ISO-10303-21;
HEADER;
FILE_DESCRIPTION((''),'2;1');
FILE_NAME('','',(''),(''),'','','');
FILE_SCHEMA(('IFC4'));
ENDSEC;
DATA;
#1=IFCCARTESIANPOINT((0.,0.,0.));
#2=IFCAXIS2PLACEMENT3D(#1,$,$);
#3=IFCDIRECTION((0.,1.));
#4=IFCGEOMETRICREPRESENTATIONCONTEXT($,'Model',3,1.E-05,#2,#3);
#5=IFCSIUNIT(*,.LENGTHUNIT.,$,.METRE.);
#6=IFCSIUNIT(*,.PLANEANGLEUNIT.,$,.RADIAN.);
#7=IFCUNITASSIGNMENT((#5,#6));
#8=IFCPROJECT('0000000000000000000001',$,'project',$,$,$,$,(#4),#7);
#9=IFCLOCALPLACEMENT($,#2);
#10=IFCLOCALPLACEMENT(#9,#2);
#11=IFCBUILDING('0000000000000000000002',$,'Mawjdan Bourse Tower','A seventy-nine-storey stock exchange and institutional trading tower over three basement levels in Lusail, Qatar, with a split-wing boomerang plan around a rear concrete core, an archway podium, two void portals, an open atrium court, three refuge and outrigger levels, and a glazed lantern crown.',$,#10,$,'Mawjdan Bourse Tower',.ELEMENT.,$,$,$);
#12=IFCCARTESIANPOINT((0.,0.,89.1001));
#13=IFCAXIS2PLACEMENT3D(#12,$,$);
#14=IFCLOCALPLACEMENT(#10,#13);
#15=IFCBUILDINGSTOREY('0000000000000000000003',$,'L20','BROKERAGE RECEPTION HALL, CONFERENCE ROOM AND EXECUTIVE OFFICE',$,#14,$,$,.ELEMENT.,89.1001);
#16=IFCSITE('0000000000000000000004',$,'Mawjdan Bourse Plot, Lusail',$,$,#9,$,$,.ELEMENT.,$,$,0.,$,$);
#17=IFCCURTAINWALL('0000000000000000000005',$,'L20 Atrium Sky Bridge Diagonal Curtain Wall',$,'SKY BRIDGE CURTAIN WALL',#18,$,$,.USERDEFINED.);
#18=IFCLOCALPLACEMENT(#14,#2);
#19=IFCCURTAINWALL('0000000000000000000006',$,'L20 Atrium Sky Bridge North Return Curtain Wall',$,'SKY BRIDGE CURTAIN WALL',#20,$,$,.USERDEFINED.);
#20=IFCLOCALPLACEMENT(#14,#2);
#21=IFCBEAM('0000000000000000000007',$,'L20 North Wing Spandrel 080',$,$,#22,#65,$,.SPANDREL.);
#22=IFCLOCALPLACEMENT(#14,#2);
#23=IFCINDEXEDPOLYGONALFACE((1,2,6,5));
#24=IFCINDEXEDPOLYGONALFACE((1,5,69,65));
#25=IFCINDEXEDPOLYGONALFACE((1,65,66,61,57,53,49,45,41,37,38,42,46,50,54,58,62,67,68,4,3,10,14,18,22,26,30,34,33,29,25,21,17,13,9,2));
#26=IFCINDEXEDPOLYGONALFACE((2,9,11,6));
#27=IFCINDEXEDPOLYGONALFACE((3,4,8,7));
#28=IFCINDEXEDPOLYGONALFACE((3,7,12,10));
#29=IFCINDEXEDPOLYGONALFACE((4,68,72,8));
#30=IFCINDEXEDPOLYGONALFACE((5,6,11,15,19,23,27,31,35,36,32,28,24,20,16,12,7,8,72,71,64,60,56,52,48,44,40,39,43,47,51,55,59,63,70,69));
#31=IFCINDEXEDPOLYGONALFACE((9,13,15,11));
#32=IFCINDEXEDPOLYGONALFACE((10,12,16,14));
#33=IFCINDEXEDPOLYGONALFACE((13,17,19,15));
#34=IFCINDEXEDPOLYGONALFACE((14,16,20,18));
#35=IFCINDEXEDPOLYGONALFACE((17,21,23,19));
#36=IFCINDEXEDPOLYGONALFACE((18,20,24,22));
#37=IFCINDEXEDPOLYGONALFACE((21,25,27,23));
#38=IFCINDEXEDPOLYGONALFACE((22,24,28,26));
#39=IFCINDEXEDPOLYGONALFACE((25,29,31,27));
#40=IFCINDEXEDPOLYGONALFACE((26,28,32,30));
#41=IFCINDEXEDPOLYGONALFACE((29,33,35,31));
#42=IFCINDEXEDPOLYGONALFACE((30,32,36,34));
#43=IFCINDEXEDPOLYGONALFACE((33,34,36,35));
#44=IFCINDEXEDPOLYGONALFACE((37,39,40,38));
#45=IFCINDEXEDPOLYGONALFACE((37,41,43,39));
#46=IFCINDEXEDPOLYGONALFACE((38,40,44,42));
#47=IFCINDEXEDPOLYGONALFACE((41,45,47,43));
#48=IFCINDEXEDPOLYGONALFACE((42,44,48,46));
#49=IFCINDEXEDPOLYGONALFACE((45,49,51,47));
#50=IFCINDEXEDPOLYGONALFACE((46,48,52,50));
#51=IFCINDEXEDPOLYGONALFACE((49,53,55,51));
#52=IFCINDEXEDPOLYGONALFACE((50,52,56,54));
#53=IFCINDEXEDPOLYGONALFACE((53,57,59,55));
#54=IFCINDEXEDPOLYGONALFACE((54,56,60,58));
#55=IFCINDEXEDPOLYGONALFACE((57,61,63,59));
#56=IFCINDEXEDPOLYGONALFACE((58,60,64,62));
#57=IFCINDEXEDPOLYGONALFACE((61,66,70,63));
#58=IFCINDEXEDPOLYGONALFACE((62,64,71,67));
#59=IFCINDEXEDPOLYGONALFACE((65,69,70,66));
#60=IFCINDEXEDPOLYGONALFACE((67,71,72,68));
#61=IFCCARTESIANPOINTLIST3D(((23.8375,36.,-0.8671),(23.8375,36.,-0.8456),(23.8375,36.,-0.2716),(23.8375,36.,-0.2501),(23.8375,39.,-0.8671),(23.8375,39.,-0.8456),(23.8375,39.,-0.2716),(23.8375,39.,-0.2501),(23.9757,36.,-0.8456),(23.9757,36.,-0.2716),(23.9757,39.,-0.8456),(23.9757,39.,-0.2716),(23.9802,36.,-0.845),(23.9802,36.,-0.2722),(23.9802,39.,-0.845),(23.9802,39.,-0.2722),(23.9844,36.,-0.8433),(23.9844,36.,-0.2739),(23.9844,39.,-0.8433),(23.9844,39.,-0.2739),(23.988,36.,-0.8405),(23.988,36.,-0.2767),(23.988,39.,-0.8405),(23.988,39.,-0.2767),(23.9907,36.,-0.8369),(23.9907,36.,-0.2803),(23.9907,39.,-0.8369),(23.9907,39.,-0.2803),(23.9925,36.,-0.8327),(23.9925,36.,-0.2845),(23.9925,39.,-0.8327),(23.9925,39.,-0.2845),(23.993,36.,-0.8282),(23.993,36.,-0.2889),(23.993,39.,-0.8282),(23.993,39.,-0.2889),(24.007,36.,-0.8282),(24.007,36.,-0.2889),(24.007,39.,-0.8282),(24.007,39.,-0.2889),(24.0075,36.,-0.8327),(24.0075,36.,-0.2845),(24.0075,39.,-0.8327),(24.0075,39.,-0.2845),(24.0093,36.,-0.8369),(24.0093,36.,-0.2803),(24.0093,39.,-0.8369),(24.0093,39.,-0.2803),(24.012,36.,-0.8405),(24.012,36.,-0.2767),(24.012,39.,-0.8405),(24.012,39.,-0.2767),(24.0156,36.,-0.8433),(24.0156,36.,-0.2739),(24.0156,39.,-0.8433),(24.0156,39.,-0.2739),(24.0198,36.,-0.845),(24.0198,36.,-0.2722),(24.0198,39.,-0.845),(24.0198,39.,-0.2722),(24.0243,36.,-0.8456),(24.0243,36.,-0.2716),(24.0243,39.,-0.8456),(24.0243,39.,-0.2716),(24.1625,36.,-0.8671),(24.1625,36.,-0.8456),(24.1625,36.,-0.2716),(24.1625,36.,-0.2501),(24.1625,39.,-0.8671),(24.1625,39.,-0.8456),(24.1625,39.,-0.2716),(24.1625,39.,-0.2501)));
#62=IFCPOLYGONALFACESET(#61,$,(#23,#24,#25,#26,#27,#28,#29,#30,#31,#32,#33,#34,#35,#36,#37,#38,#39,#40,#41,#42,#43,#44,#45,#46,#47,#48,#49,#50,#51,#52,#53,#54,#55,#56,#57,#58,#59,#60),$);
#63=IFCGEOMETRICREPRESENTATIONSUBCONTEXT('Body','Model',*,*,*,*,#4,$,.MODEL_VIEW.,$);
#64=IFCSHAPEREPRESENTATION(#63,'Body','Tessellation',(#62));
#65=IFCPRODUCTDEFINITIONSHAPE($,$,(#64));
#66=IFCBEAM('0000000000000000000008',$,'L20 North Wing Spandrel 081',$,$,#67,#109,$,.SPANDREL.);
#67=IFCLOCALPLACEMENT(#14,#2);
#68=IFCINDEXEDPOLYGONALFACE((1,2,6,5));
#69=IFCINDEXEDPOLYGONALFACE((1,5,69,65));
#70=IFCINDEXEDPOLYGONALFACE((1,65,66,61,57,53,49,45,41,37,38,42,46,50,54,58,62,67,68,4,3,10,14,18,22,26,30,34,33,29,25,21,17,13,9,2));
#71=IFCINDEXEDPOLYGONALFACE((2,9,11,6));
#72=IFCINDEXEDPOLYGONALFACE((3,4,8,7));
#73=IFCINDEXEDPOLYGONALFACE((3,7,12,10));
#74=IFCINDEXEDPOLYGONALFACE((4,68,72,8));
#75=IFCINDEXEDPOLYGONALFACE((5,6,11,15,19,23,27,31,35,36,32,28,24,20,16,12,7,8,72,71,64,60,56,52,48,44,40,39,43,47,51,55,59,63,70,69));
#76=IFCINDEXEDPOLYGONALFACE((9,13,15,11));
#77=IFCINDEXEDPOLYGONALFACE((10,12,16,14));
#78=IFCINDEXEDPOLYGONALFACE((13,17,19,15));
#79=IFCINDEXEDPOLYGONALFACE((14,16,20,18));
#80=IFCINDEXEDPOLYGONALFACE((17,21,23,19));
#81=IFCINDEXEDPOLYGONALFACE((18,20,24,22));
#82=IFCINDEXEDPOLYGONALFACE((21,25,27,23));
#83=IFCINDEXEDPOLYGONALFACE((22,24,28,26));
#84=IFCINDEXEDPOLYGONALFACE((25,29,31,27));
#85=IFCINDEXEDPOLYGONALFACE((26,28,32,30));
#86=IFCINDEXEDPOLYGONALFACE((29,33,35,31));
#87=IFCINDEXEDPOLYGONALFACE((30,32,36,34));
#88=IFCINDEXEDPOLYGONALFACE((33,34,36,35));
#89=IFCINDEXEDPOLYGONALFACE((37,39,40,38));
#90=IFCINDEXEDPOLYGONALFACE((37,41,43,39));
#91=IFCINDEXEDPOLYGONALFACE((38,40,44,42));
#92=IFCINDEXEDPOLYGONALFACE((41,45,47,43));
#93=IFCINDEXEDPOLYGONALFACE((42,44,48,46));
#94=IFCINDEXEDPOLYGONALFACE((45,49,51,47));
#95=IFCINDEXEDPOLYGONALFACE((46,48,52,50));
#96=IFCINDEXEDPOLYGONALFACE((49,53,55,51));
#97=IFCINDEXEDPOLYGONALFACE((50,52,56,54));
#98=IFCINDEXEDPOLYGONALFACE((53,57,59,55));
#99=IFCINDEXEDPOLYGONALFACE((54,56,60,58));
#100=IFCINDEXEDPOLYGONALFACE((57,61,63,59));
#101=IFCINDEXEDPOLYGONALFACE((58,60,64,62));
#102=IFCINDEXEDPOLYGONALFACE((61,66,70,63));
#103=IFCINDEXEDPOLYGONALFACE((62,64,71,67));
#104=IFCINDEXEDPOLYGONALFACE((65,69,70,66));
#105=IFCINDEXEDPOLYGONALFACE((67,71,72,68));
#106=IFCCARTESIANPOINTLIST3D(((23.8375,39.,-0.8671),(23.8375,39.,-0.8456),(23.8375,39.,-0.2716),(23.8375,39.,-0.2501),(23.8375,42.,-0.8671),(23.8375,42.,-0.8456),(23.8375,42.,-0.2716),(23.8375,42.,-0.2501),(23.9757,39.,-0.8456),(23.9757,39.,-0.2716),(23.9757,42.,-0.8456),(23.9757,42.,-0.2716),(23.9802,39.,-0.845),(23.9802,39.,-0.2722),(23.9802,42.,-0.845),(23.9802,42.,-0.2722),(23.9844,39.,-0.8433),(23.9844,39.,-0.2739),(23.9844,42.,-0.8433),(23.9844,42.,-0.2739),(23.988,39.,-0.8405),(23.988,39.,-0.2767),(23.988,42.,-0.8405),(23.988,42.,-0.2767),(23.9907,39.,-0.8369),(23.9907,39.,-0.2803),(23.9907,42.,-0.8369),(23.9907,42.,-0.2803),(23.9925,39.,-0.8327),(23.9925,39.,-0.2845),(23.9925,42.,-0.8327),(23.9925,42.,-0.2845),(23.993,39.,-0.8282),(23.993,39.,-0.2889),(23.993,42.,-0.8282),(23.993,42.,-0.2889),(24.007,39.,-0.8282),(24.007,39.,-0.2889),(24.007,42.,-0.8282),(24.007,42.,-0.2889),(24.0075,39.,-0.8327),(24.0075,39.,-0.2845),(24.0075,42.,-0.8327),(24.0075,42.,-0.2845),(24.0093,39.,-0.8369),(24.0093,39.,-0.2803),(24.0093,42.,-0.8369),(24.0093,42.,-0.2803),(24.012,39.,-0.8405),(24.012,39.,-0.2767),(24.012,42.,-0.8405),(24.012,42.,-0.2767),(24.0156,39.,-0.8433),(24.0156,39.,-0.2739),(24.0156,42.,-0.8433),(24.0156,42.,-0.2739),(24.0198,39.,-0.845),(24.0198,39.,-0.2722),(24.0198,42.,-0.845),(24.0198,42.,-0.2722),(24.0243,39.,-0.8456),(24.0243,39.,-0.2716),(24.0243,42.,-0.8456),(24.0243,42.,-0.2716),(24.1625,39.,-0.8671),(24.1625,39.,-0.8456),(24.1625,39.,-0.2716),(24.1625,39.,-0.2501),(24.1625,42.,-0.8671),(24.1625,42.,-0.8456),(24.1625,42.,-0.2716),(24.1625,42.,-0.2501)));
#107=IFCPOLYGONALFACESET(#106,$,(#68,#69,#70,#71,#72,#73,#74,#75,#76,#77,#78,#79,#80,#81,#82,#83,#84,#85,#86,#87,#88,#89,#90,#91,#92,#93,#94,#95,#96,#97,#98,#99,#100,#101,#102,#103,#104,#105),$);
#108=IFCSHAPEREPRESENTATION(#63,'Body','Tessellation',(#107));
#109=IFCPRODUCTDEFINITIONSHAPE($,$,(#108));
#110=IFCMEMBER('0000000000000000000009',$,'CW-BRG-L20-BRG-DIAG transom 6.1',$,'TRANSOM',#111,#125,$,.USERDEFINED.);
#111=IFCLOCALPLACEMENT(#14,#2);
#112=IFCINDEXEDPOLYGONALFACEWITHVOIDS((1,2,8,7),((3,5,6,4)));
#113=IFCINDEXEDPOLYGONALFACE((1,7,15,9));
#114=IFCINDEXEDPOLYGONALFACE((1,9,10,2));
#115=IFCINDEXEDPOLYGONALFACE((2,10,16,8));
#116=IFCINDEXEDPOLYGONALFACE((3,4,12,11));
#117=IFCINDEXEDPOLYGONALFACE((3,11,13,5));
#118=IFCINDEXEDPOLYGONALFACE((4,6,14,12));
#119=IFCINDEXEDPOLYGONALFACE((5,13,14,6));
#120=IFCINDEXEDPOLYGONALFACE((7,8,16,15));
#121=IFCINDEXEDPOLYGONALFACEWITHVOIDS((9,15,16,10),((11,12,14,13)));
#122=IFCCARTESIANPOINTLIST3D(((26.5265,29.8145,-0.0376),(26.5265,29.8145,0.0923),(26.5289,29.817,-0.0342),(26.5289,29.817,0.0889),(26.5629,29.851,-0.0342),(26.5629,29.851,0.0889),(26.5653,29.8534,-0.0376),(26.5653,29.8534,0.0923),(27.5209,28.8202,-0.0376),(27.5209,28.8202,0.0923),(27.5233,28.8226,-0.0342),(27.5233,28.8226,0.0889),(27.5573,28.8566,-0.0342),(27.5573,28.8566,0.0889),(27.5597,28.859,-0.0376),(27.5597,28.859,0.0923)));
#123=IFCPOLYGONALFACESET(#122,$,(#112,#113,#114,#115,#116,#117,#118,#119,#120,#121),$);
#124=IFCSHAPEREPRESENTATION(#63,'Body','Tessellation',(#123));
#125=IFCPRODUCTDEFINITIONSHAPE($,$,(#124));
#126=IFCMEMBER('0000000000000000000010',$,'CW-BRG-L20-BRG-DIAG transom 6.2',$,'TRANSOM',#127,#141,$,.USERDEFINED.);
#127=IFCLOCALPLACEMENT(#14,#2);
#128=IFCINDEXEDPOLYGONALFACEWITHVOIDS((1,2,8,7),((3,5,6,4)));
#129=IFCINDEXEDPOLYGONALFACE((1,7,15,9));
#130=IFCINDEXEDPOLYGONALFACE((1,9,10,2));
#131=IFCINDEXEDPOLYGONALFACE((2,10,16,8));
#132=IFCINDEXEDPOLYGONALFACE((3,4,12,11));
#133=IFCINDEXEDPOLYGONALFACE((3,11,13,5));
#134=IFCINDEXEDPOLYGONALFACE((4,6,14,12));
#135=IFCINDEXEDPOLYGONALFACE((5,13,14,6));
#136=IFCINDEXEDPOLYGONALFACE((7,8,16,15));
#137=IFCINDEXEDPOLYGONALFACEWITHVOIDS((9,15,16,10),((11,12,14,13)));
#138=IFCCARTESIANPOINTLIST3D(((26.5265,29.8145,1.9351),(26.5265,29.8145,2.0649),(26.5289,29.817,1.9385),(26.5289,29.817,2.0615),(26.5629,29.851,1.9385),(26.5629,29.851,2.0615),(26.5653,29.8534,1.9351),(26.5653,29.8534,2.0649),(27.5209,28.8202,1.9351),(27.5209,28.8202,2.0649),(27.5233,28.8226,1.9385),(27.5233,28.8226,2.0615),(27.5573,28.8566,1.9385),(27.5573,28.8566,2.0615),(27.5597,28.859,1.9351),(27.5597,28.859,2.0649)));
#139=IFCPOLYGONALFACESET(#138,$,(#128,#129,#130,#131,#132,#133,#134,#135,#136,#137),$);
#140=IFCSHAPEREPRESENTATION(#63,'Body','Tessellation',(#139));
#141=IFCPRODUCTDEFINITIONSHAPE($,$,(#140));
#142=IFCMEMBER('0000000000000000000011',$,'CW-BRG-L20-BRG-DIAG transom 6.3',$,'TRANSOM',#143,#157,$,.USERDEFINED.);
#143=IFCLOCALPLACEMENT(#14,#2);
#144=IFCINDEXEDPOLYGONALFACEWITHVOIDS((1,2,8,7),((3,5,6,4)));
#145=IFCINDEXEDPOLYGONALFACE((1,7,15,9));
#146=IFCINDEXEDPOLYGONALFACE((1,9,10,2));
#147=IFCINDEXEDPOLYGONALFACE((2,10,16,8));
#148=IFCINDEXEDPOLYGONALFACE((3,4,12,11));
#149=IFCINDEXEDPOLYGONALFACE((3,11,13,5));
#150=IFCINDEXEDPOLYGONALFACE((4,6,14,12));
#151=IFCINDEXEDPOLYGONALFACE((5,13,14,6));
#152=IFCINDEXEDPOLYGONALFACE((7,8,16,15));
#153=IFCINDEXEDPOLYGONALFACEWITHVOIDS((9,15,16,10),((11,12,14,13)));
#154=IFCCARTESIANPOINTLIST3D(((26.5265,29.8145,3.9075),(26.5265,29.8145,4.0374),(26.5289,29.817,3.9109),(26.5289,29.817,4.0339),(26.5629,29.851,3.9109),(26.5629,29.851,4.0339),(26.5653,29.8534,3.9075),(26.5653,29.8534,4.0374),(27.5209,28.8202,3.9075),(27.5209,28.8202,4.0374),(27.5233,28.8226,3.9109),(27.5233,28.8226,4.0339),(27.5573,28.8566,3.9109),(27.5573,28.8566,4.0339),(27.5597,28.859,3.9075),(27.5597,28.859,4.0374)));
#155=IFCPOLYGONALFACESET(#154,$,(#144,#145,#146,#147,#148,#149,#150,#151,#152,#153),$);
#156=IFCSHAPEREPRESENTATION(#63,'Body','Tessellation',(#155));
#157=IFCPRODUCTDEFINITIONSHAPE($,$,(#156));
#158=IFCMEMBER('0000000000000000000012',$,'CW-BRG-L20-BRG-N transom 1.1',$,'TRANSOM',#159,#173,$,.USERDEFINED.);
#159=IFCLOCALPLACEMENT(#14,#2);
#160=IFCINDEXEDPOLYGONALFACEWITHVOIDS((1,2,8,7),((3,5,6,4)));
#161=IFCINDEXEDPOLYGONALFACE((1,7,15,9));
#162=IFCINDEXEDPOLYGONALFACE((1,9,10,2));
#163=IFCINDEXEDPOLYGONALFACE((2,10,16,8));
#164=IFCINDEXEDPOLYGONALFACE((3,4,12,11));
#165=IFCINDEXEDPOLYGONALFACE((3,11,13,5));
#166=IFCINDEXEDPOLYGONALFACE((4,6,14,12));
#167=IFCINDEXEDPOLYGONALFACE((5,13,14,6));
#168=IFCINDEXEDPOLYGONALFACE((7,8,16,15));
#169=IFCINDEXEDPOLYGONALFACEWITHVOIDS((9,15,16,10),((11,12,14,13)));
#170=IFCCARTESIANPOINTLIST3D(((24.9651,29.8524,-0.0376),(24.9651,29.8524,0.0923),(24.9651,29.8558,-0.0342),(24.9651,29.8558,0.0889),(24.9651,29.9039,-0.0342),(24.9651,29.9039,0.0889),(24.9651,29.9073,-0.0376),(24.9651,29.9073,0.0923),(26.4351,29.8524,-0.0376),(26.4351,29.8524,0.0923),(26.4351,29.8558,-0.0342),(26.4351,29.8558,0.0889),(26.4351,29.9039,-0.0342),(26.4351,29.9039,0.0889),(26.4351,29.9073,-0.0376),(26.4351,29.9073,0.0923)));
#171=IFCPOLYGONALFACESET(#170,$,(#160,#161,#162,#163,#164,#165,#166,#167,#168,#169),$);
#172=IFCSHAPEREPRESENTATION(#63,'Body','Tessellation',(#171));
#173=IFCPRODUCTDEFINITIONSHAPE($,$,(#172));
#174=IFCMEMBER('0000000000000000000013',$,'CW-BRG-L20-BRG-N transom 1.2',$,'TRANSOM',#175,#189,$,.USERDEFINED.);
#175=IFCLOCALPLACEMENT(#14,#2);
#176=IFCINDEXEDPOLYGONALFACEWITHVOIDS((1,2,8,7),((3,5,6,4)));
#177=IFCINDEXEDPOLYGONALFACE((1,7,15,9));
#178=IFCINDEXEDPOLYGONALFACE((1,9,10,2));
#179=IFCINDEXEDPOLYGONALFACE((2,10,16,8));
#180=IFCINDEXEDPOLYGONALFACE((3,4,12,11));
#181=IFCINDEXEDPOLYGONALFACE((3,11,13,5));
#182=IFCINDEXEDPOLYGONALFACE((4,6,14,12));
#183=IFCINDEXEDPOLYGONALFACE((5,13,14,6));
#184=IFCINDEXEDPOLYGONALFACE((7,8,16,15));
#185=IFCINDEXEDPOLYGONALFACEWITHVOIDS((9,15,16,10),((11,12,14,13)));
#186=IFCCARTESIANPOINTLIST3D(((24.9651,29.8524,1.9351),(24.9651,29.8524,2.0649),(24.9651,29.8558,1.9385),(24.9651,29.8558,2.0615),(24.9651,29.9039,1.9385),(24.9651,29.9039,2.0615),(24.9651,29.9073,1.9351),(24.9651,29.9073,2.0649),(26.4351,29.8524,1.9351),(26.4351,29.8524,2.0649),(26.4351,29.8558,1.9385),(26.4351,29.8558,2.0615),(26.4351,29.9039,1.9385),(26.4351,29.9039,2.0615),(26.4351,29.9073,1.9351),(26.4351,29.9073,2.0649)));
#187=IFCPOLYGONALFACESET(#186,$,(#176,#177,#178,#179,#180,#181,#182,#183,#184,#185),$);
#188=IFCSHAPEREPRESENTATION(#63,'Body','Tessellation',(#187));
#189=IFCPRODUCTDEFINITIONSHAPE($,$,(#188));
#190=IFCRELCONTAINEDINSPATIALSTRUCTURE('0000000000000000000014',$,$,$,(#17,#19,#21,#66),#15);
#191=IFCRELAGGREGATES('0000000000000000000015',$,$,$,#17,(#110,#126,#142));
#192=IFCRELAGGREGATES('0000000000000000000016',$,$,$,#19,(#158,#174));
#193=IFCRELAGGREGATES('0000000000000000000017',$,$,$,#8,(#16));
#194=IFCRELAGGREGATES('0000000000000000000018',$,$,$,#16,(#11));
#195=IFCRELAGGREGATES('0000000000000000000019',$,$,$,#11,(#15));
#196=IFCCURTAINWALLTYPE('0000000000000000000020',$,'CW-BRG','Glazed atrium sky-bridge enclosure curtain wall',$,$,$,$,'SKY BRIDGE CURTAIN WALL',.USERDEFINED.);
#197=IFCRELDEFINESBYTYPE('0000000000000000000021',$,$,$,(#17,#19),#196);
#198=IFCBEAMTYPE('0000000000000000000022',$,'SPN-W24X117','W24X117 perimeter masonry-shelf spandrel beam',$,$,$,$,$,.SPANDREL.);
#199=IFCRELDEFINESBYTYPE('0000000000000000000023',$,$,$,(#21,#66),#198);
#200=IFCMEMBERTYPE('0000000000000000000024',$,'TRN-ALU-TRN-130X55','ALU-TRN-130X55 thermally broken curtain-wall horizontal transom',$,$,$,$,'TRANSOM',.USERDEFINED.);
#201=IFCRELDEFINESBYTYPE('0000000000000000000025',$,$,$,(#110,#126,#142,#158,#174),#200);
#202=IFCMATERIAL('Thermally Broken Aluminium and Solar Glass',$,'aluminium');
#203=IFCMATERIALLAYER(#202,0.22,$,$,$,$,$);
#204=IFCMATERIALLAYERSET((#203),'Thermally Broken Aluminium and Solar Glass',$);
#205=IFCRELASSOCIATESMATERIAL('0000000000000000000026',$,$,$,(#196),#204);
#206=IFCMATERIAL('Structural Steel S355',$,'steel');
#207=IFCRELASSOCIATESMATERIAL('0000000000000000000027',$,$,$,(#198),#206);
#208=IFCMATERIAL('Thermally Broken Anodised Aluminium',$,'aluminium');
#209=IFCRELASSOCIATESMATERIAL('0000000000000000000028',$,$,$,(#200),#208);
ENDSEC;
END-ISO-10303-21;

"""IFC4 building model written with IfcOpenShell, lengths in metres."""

from ifc_helpers import new_model, si_unit, direction, frame, origin, origin_2d, place, context, subcontext, project, spatial, hollow_rectangle, i_section, extrude, material, layer, layer_set, material_profile, profile_set, type_object, element, aggregate, save


model = new_model("IFC4")

# Units and contexts
model_context = context("Model", 3, precision=1e-05, world=origin(), true_north=direction((0.0, 1.0)))
body_context = subcontext(model_context, "Body", "Model", "MODEL_VIEW")
ifc_project = project(units=[si_unit("LENGTHUNIT", "METRE"), si_unit("PLANEANGLEUNIT", "RADIAN")], contexts=[model_context])

# Site, building, storey
site_placement = place(None, origin())
site = spatial("IfcSite", under=ifc_project, at=site_placement, Name="Mawjdan Bourse Plot, Lusail", CompositionType="ELEMENT", RefElevation=0.0)
building_placement = place(site_placement, origin())
building = spatial("IfcBuilding", under=site, at=building_placement, Name="Mawjdan Bourse Tower", Description="A seventy-nine-storey stock exchange and institutional trading tower over three basement levels in Lusail, Qatar, with a split-wing boomerang plan around a rear concrete core, an archway podium, two void portals, an open atrium court, three refuge and outrigger levels, and a glazed lantern crown.", LongName="Mawjdan Bourse Tower", CompositionType="ELEMENT")
storey_placement = place(building_placement, frame((0.0, 0.0, 89.1001)))
storey = spatial("IfcBuildingStorey", under=building, at=storey_placement, Name="L20", Description="BROKERAGE RECEPTION HALL, CONFERENCE ROOM AND EXECUTIVE OFFICE", CompositionType="ELEMENT", Elevation=89.1001)

# Shared definitions
ifc_material_1 = material(Name="Structural Steel S355", Category="steel")

# Curtain wall
ifc_material_2 = material(Name="Thermally Broken Aluminium and Solar Glass", Category="aluminium")
ifc_layer_1 = layer(ifc_material_2, 0.22)
ifc_layer_set_1 = layer_set([ifc_layer_1], Name="Thermally Broken Aluminium and Solar Glass")
curtain_wall_type = type_object("IfcCurtainWallType", Name="CW-BRG", Description="Glazed atrium sky-bridge enclosure curtain wall", ElementType="SKY BRIDGE CURTAIN WALL", PredefinedType="USERDEFINED", material=ifc_layer_set_1)
curtain_wall_1_placement = place(storey_placement, origin())
curtain_wall_1 = element("IfcCurtainWall", 1, at=curtain_wall_1_placement, inside=storey, type_object=curtain_wall_type, Name="L20 Atrium Sky Bridge Diagonal Curtain Wall", ObjectType="SKY BRIDGE CURTAIN WALL", PredefinedType="USERDEFINED")
ifc_material_3 = material(Name="Thermally Broken Anodised Aluminium", Category="aluminium")

# Curtain wall
curtain_wall_2_placement = place(storey_placement, origin())
curtain_wall_2 = element("IfcCurtainWall", 2, at=curtain_wall_2_placement, inside=storey, type_object=curtain_wall_type, Name="L20 Atrium Sky Bridge North Return Curtain Wall", ObjectType="SKY BRIDGE CURTAIN WALL", PredefinedType="USERDEFINED")

# Beams
ifc_material_profile_1 = material_profile(ifc_material_1, i_section(OverallWidth=0.325, OverallDepth=0.6169, WebThickness=0.0139, FlangeThickness=0.0215, FilletRadius=0.0173, at=origin_2d()), Name="W24X117")
ifc_profile_set_1 = profile_set([ifc_material_profile_1], Name="Structural Steel S355")
beam_type_1 = type_object("IfcBeamType", Name="SPN-W24X117", Description="W24X117 perimeter masonry-shelf spandrel beam", PredefinedType="SPANDREL", material=ifc_profile_set_1)
for number, where, z_axis, x_axis, name in (
    (3, (24.0, 36.0, -0.5586), (0.0, 1.0, 0.0), (-1.0, 0.0, 0.0), "L20 North Wing Spandrel 080"),
    (4, (24.0, 39.0, -0.5586), (0.0, 1.0, 0.0), (-1.0, 0.0, 0.0), "L20 North Wing Spandrel 081"),
):
    element("IfcBeam", number, at=place(storey_placement, frame(where, z_axis=z_axis, x_axis=x_axis)), inside=storey, type_object=beam_type_1, Name=name, PredefinedType="SPANDREL", context=body_context, shape_type="SweptSolid", body=[
        extrude(i_section(OverallWidth=0.325, OverallDepth=0.6169, WebThickness=0.0139, FlangeThickness=0.0215, FilletRadius=0.0173, at=origin_2d()), origin(), (0.0, 0.0, 1.0), 3.0),
    ])

# Members
ifc_material_profile_2 = material_profile(ifc_material_3, hollow_rectangle(XDim=0.0549, YDim=0.1299, WallThickness=0.0034, at=origin_2d()), Name="ALU-TRN-130X55")
ifc_profile_set_2 = profile_set([ifc_material_profile_2], Name="Thermally Broken Anodised Aluminium")
member_type_1 = type_object("IfcMemberType", Name="TRN-ALU-TRN-130X55", Description="ALU-TRN-130X55 thermally broken curtain-wall horizontal transom", ElementType="TRANSOM", PredefinedType="USERDEFINED", material=ifc_profile_set_2)
member_1_placement = place(storey_placement, frame((27.5403, 28.8396, 0.0273), z_axis=(-0.707107, 0.707107, 0.0), x_axis=(-0.707107, -0.707107, 0.0)))
member_1 = element("IfcMember", 5, at=member_1_placement, type_object=member_type_1, Name="CW-BRG-L20-BRG-DIAG transom 6.1", ObjectType="TRANSOM", PredefinedType="USERDEFINED", context=body_context, shape_type="SweptSolid", body=[
    extrude(hollow_rectangle(XDim=0.0549, YDim=0.1299, WallThickness=0.0034, at=origin_2d()), origin(), (0.0, 0.0, 1.0), 1.4062),
])
member_2_placement = place(storey_placement, frame((27.5403, 28.8396, 2.0), z_axis=(-0.707107, 0.707107, 0.0), x_axis=(-0.707107, -0.707107, 0.0)))
member_2 = element("IfcMember", 6, at=member_2_placement, type_object=member_type_1, Name="CW-BRG-L20-BRG-DIAG transom 6.2", ObjectType="TRANSOM", PredefinedType="USERDEFINED", context=body_context, shape_type="SweptSolid", body=[
    extrude(hollow_rectangle(XDim=0.0549, YDim=0.1299, WallThickness=0.0034, at=origin_2d()), origin(), (0.0, 0.0, 1.0), 1.4062),
])
member_3_placement = place(storey_placement, frame((27.5403, 28.8396, 3.9724), z_axis=(-0.707107, 0.707107, 0.0), x_axis=(-0.707107, -0.707107, 0.0)))
member_3 = element("IfcMember", 7, at=member_3_placement, type_object=member_type_1, Name="CW-BRG-L20-BRG-DIAG transom 6.3", ObjectType="TRANSOM", PredefinedType="USERDEFINED", context=body_context, shape_type="SweptSolid", body=[
    extrude(hollow_rectangle(XDim=0.0549, YDim=0.1299, WallThickness=0.0034, at=origin_2d()), origin(), (0.0, 0.0, 1.0), 1.4062),
])
member_4_placement = place(storey_placement, frame((26.4351, 29.8799, 0.0273), z_axis=(-1.0, 0.0, 0.0), x_axis=(0.0, -1.0, 0.0)))
member_4 = element("IfcMember", 8, at=member_4_placement, type_object=member_type_1, Name="CW-BRG-L20-BRG-N transom 1.1", ObjectType="TRANSOM", PredefinedType="USERDEFINED", context=body_context, shape_type="SweptSolid", body=[
    extrude(hollow_rectangle(XDim=0.0549, YDim=0.1299, WallThickness=0.0034, at=origin_2d()), origin(), (0.0, 0.0, 1.0), 1.47),
])
member_5_placement = place(storey_placement, frame((26.4351, 29.8799, 2.0), z_axis=(-1.0, 0.0, 0.0), x_axis=(0.0, -1.0, 0.0)))
member_5 = element("IfcMember", 9, at=member_5_placement, type_object=member_type_1, Name="CW-BRG-L20-BRG-N transom 1.2", ObjectType="TRANSOM", PredefinedType="USERDEFINED", context=body_context, shape_type="SweptSolid", body=[
    extrude(hollow_rectangle(XDim=0.0549, YDim=0.1299, WallThickness=0.0034, at=origin_2d()), origin(), (0.0, 0.0, 1.0), 1.47),
])

aggregate(curtain_wall_1, [member_1, member_2, member_3])
aggregate(curtain_wall_2, [member_4, member_5])

save(model, "model.ifc")
